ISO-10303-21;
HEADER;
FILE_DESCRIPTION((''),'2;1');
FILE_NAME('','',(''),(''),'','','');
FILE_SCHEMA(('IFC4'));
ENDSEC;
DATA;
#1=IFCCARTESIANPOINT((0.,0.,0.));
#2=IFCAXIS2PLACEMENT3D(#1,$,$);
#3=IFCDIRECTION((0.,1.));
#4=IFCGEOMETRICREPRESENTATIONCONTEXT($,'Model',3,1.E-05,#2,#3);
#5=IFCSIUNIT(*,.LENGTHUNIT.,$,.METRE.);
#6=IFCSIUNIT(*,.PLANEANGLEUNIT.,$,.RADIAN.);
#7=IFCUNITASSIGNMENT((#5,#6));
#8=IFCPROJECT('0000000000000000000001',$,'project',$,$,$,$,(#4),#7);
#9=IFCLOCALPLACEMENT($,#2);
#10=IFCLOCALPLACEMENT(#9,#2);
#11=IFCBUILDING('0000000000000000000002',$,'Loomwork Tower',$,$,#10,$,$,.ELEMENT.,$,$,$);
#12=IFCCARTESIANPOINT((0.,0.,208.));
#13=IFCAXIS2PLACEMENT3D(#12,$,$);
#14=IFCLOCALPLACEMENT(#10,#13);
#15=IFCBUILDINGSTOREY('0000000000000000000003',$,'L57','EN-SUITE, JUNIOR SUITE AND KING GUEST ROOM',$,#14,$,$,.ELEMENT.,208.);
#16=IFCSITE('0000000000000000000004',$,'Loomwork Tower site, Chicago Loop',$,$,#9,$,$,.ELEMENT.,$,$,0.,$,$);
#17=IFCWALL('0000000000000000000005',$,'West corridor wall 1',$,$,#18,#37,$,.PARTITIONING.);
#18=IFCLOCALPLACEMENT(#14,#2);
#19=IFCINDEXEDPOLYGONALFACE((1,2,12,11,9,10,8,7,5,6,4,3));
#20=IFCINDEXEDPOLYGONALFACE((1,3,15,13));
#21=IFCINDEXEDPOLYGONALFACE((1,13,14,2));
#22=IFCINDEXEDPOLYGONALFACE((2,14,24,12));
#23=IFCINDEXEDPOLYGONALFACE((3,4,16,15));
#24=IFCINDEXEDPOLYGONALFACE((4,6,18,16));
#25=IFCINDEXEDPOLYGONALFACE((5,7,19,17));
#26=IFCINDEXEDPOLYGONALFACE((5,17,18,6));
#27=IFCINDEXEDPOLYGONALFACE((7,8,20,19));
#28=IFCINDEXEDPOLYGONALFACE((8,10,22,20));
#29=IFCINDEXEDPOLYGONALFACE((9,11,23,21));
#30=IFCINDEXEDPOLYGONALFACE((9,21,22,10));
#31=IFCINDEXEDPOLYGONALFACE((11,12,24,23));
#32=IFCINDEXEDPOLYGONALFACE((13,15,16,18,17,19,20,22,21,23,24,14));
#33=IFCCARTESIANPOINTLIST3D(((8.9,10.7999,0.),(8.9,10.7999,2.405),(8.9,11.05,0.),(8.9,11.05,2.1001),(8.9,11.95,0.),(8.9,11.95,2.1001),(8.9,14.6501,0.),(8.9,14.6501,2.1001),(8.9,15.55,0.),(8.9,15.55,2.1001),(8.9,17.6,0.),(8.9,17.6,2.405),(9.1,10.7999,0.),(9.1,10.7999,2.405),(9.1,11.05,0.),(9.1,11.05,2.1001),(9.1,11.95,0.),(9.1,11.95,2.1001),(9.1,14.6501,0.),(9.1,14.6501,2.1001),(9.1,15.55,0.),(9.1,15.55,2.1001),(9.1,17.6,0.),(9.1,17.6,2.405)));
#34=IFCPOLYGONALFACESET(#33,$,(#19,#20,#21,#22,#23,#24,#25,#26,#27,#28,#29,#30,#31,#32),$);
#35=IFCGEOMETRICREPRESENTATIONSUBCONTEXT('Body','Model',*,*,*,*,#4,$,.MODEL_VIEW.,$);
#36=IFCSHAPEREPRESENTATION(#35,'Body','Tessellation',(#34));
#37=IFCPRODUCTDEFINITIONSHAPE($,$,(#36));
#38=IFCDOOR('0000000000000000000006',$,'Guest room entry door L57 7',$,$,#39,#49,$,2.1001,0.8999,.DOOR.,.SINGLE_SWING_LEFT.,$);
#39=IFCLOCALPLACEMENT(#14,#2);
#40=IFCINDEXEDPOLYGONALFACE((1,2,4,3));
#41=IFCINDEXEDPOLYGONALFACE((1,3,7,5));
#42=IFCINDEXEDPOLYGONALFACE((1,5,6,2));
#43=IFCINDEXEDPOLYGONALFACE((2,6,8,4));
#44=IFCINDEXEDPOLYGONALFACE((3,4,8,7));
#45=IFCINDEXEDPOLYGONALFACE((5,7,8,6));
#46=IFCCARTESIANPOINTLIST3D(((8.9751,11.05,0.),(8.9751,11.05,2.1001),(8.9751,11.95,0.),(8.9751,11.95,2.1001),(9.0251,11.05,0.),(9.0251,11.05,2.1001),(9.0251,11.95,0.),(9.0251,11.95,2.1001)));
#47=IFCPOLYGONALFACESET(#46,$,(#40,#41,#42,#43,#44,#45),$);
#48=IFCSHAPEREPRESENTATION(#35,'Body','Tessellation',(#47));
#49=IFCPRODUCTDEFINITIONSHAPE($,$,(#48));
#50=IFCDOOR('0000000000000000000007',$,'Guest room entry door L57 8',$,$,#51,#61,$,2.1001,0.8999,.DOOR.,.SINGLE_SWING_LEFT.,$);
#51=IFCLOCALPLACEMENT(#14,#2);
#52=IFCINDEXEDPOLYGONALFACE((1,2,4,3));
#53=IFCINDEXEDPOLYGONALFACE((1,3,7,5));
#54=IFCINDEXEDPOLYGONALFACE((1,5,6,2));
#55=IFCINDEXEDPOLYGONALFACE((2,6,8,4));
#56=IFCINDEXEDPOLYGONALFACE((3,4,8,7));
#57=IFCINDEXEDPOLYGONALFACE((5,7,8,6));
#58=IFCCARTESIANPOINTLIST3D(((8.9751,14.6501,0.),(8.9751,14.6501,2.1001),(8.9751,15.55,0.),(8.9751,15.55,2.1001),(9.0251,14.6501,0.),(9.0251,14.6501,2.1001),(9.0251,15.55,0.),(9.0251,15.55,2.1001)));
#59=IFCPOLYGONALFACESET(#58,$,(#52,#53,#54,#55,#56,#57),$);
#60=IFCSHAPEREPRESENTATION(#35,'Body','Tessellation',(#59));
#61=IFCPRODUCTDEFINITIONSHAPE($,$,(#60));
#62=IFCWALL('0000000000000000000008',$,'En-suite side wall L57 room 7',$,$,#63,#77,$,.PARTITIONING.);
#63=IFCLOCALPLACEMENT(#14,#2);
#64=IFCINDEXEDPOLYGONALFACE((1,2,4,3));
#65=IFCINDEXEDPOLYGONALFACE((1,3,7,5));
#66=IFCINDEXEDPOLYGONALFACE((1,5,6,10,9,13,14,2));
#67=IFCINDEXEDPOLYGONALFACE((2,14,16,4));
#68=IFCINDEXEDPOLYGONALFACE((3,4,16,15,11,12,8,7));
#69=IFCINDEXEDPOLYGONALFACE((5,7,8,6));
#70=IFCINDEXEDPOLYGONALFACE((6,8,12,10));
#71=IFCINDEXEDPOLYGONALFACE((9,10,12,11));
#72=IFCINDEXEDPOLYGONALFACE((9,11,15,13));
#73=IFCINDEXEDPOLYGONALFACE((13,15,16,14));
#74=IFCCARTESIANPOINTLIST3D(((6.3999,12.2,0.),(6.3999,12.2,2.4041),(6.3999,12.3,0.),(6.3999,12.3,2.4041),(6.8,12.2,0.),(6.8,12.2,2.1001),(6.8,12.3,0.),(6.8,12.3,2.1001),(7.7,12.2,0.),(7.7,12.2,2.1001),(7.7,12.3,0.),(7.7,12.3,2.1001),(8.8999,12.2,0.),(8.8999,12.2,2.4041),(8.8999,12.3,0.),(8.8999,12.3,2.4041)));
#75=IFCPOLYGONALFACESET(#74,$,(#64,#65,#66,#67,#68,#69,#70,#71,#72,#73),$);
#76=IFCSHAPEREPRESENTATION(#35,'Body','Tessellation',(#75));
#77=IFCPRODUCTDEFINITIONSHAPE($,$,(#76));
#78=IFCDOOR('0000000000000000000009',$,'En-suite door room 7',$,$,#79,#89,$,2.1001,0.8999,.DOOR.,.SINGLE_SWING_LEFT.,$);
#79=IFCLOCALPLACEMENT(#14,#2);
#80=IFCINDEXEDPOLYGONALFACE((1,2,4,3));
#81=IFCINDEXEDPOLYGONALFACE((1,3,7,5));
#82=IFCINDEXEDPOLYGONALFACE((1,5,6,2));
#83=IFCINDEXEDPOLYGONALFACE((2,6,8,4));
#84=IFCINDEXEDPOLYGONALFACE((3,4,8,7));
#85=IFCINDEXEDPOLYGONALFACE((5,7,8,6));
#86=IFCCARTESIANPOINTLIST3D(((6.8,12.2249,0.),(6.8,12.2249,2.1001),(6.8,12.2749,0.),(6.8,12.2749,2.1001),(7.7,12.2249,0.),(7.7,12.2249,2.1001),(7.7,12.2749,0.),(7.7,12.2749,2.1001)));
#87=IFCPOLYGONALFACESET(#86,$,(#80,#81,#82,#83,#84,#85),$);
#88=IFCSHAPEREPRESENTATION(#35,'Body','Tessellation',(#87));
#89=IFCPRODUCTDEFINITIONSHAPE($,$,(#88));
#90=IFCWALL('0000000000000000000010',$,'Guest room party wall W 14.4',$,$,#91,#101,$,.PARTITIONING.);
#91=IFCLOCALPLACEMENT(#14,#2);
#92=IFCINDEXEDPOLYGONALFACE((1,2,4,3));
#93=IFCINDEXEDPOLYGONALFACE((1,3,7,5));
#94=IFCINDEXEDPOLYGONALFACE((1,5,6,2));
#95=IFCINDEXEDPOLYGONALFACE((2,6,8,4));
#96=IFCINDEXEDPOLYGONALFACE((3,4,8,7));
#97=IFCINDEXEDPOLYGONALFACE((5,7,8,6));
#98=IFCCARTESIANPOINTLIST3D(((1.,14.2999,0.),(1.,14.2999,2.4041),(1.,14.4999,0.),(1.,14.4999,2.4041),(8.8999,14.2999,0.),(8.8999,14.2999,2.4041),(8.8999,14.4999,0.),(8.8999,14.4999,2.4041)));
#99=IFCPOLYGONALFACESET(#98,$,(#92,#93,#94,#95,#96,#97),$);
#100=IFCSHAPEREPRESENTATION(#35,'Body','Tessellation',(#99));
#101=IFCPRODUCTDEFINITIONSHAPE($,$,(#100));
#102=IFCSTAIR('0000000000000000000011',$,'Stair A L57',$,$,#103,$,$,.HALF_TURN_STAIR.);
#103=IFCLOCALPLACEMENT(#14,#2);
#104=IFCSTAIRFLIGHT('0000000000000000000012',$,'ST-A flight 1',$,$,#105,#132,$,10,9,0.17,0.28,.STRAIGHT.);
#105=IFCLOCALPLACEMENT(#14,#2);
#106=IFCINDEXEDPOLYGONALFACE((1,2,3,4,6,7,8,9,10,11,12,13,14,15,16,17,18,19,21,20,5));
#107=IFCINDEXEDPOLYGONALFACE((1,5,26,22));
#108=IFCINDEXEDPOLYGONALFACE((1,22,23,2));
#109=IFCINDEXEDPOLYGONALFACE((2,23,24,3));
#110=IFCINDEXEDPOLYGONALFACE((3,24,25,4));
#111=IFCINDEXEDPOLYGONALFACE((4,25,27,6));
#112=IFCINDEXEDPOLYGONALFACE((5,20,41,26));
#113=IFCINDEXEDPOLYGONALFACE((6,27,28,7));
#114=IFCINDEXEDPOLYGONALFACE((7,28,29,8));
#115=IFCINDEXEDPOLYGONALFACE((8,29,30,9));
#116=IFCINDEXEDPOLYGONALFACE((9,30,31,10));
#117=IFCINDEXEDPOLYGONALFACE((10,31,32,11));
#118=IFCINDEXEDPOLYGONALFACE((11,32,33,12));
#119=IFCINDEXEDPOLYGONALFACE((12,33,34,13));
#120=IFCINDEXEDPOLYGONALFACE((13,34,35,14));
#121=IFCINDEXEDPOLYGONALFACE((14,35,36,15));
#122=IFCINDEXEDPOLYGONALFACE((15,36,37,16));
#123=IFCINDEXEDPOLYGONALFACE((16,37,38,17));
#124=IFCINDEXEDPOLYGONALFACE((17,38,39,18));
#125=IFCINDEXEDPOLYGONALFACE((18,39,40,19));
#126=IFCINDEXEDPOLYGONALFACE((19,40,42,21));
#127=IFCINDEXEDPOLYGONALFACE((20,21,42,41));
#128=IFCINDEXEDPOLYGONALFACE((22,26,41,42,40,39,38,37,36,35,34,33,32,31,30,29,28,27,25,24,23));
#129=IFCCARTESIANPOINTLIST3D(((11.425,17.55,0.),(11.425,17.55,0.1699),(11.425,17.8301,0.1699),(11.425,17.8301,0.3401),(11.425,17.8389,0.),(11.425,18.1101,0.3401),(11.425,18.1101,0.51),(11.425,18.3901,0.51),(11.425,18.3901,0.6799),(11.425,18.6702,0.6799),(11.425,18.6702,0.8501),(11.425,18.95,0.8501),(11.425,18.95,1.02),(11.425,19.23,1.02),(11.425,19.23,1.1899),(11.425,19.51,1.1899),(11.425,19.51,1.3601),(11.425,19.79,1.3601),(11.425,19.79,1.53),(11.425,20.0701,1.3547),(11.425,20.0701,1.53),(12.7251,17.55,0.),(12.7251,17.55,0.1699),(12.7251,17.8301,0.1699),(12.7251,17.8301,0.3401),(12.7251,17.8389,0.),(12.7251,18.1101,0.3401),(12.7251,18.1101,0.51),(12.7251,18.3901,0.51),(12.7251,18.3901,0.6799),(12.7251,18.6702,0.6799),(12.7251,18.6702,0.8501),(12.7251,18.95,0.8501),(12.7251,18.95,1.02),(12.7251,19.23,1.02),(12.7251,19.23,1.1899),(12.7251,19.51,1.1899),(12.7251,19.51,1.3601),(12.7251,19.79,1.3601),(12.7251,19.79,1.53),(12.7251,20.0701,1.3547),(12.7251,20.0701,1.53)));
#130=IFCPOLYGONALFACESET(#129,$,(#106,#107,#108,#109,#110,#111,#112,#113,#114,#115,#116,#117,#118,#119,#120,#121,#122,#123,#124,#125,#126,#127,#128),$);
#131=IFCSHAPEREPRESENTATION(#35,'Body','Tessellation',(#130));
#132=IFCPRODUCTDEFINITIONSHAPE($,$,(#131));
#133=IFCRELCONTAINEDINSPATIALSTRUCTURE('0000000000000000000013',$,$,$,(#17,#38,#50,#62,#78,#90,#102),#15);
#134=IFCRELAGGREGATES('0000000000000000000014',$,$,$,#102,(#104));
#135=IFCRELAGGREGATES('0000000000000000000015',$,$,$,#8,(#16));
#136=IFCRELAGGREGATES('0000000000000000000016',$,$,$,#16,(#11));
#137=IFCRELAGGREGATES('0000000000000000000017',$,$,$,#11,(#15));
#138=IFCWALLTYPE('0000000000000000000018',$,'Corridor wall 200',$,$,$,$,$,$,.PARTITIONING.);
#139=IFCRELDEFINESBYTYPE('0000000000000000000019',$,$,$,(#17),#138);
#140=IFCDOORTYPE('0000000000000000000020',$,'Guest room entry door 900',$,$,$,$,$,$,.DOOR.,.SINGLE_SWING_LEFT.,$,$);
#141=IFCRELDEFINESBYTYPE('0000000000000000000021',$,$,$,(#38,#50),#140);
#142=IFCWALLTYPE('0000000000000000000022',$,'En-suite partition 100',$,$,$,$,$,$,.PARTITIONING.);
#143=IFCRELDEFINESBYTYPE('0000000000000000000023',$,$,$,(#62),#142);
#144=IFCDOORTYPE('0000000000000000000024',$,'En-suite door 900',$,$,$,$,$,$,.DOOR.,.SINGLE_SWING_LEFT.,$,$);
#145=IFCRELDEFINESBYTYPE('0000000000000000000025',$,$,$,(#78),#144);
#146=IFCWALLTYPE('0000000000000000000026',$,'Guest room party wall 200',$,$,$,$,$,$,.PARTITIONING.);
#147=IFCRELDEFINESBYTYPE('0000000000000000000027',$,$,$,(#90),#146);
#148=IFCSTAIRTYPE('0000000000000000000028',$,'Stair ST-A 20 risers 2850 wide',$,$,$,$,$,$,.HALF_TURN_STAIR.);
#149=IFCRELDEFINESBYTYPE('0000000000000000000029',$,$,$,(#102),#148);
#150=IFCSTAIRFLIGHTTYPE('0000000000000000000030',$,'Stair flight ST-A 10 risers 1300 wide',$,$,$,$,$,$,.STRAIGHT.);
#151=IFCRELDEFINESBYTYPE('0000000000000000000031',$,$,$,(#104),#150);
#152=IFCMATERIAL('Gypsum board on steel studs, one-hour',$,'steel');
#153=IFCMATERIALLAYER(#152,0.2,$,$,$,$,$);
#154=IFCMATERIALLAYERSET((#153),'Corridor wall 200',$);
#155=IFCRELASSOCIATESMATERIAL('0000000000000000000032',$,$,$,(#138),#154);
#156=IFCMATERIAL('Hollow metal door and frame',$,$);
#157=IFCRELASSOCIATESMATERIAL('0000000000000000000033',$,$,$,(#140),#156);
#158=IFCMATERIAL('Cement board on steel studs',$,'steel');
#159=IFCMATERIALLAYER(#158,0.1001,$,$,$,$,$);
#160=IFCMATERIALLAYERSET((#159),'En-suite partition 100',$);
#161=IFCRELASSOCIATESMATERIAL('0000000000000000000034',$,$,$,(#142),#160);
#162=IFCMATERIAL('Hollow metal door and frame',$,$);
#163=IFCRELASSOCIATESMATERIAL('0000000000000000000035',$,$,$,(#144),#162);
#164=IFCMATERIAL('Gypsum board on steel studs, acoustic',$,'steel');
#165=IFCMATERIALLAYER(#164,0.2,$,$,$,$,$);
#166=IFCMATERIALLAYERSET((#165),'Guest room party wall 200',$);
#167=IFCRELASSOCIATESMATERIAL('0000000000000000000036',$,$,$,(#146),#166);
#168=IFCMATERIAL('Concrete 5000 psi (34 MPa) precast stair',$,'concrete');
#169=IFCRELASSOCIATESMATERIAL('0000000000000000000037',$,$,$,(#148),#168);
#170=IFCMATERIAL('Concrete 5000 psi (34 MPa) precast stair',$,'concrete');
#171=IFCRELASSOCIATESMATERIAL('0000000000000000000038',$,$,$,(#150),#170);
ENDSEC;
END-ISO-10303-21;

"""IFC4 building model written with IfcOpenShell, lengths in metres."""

from ifc_helpers import new_model, si_unit, direction, frame, frame_2d, origin, place, context, subcontext, project, spatial, polyline, rectangle, outline, extrude, material, layer, layer_set, type_object, element, fill, aggregate, save


model = new_model("IFC4")

# Units and contexts
model_context = context("Model", 3, precision=1e-05, world=origin(), true_north=direction((0.0, 1.0)))
body_context = subcontext(model_context, "Body", "Model", "MODEL_VIEW")
ifc_project = project(units=[si_unit("LENGTHUNIT", "METRE"), si_unit("PLANEANGLEUNIT", "RADIAN")], contexts=[model_context])

# Site, building, storey
site_placement = place(None, origin())
site = spatial("IfcSite", under=ifc_project, at=site_placement, Name="Loomwork Tower site, Chicago Loop", CompositionType="ELEMENT", RefElevation=0.0)
building_placement = place(site_placement, origin())
building = spatial("IfcBuilding", under=site, at=building_placement, Name="Loomwork Tower", CompositionType="ELEMENT")
storey_placement = place(building_placement, frame((0.0, 0.0, 208.0)))
storey = spatial("IfcBuildingStorey", under=building, at=storey_placement, Name="L57", Description="EN-SUITE, JUNIOR SUITE AND KING GUEST ROOM", CompositionType="ELEMENT", Elevation=208.0)

# Wall, openings, doors
ifc_material_1 = material(Name="Gypsum board on steel studs, one-hour", Category="steel")
ifc_layer_1 = layer(ifc_material_1, 0.2)
ifc_layer_set_1 = layer_set([ifc_layer_1], Name="Corridor wall 200")
wall_type_1 = type_object("IfcWallType", Name="Corridor wall 200", PredefinedType="PARTITIONING", material=ifc_layer_set_1)
wall_1_placement = place(storey_placement, frame((9.0, 10.8, 0.0), z_axis=(0.0, 0.0, 1.0), x_axis=(0.0, 1.0, 0.0)))
wall_1 = element("IfcWall", 1, at=wall_1_placement, inside=storey, type_object=wall_type_1, Name="West corridor wall 1", PredefinedType="PARTITIONING", context=body_context, shape_type="SweptSolid", body=[
    extrude(rectangle(XDim=6.8, YDim=0.2, at=frame_2d((3.3999, 0.0))), origin(), (0.0, 0.0, 1.0), 2.405),
])
opening_1_placement = place(wall_1_placement, frame((0.25, 0.0, 0.0)))
opening_1 = element("IfcOpeningElement", 2, at=opening_1_placement, cuts=wall_1, PredefinedType="OPENING", context=body_context, shape_type="SweptSolid", body=[
    extrude(rectangle(XDim=0.8999, YDim=2.1001, at=frame_2d((0.45, 1.05))), frame((0.0, 0.1099, 0.0), z_axis=(0.0, -1.0, 0.0), x_axis=(1.0, 0.0, 0.0)), (0.0, 0.0, 1.0), 0.22),
])
opening_2_placement = place(wall_1_placement, frame((3.8501, 0.0, 0.0)))
opening_2 = element("IfcOpeningElement", 3, at=opening_2_placement, cuts=wall_1, PredefinedType="OPENING", context=body_context, shape_type="SweptSolid", body=[
    extrude(rectangle(XDim=0.8999, YDim=2.1001, at=frame_2d((0.45, 1.05))), frame((0.0, 0.1099, 0.0), z_axis=(0.0, -1.0, 0.0), x_axis=(1.0, 0.0, 0.0)), (0.0, 0.0, 1.0), 0.22),
])
ifc_material_2 = material(Name="Hollow metal door and frame")
door_type_1 = type_object("IfcDoorType", Name="Guest room entry door 900", OperationType="SINGLE_SWING_LEFT", PredefinedType="DOOR", material=ifc_material_2)
door_1_placement = place(opening_1_placement, origin())
door_1 = element("IfcDoor", 4, at=door_1_placement, inside=storey, type_object=door_type_1, Name="Guest room entry door L57 7", OperationType="SINGLE_SWING_LEFT", OverallHeight=2.1001, OverallWidth=0.8999, PredefinedType="DOOR", context=body_context, shape_type="SweptSolid", body=[
    extrude(rectangle(XDim=0.8999, YDim=2.1001, at=frame_2d((0.45, 1.05))), frame((0.0, 0.0249, 0.0), z_axis=(0.0, -1.0, 0.0), x_axis=(1.0, 0.0, 0.0)), (0.0, 0.0, 1.0), 0.05),
])
fill(opening_1, door_1)
door_2_placement = place(opening_2_placement, origin())
door_2 = element("IfcDoor", 5, at=door_2_placement, inside=storey, type_object=door_type_1, Name="Guest room entry door L57 8", OperationType="SINGLE_SWING_LEFT", OverallHeight=2.1001, OverallWidth=0.8999, PredefinedType="DOOR", context=body_context, shape_type="SweptSolid", body=[
    extrude(rectangle(XDim=0.8999, YDim=2.1001, at=frame_2d((0.45, 1.05))), frame((0.0, 0.0249, 0.0), z_axis=(0.0, -1.0, 0.0), x_axis=(1.0, 0.0, 0.0)), (0.0, 0.0, 1.0), 0.05),
])
fill(opening_2, door_2)

# Wall, opening, door
ifc_material_3 = material(Name="Cement board on steel studs", Category="steel")
ifc_layer_2 = layer(ifc_material_3, 0.1001)
ifc_layer_set_2 = layer_set([ifc_layer_2], Name="En-suite partition 100")
wall_type_2 = type_object("IfcWallType", Name="En-suite partition 100", PredefinedType="PARTITIONING", material=ifc_layer_set_2)
wall_2_placement = place(storey_placement, frame((8.8999, 12.25, 0.0), z_axis=(0.0, 0.0, 1.0), x_axis=(-1.0, 0.0, 0.0)))
wall_2 = element("IfcWall", 6, at=wall_2_placement, inside=storey, type_object=wall_type_2, Name="En-suite side wall L57 room 7", PredefinedType="PARTITIONING", context=body_context, shape_type="SweptSolid", body=[
    extrude(rectangle(XDim=2.5, YDim=0.1001, at=frame_2d((1.25, 0.0))), origin(), (0.0, 0.0, 1.0), 2.4041),
])
opening_3_placement = place(wall_2_placement, frame((1.2, 0.0, 0.0)))
opening_3 = element("IfcOpeningElement", 7, at=opening_3_placement, cuts=wall_2, PredefinedType="OPENING", context=body_context, shape_type="SweptSolid", body=[
    extrude(rectangle(XDim=0.8999, YDim=2.1001, at=frame_2d((0.45, 1.05))), frame((0.0, 0.0601, 0.0), z_axis=(0.0, -1.0, 0.0), x_axis=(1.0, 0.0, 0.0)), (0.0, 0.0, 1.0), 0.1201),
])
ifc_material_4 = material(Name="Hollow metal door and frame")
door_type_2 = type_object("IfcDoorType", Name="En-suite door 900", OperationType="SINGLE_SWING_LEFT", PredefinedType="DOOR", material=ifc_material_4)
door_3_placement = place(opening_3_placement, frame((0.8999, 0.0, 0.0), z_axis=(0.0, 0.0, 1.0), x_axis=(-1.0, 0.0, 0.0)))
door_3 = element("IfcDoor", 8, at=door_3_placement, inside=storey, type_object=door_type_2, Name="En-suite door room 7", OperationType="SINGLE_SWING_LEFT", OverallHeight=2.1001, OverallWidth=0.8999, PredefinedType="DOOR", context=body_context, shape_type="SweptSolid", body=[
    extrude(rectangle(XDim=0.8999, YDim=2.1001, at=frame_2d((0.45, 1.05))), frame((0.0, 0.0249, 0.0), z_axis=(0.0, -1.0, 0.0), x_axis=(1.0, 0.0, 0.0)), (0.0, 0.0, 1.0), 0.05),
])
fill(opening_3, door_3)

# Wall
ifc_material_5 = material(Name="Gypsum board on steel studs, acoustic", Category="steel")
ifc_layer_3 = layer(ifc_material_5, 0.2)
ifc_layer_set_3 = layer_set([ifc_layer_3], Name="Guest room party wall 200")
wall_type_3 = type_object("IfcWallType", Name="Guest room party wall 200", PredefinedType="PARTITIONING", material=ifc_layer_set_3)
wall_3_placement = place(storey_placement, frame((8.8999, 14.3999, 0.0), z_axis=(0.0, 0.0, 1.0), x_axis=(-1.0, 0.0, 0.0)))
element("IfcWall", 9, at=wall_3_placement, inside=storey, type_object=wall_type_3, Name="Guest room party wall W 14.4", PredefinedType="PARTITIONING", context=body_context, shape_type="SweptSolid", body=[
    extrude(rectangle(XDim=7.8999, YDim=0.2, at=frame_2d((3.95, 0.0))), origin(), (0.0, 0.0, 1.0), 2.4041),
])

# Stair, stair flight
ifc_material_6 = material(Name="Concrete 5000 psi (34 MPa) precast stair", Category="concrete")
stair_type = type_object("IfcStairType", Name="Stair ST-A 20 risers 2850 wide", PredefinedType="HALF_TURN_STAIR", material=ifc_material_6)
stair_placement = place(storey_placement, origin())
stair = element("IfcStair", 10, at=stair_placement, inside=storey, type_object=stair_type, Name="Stair A L57", PredefinedType="HALF_TURN_STAIR")
ifc_material_7 = material(Name="Concrete 5000 psi (34 MPa) precast stair", Category="concrete")
stair_flight_type = type_object("IfcStairFlightType", Name="Stair flight ST-A 10 risers 1300 wide", PredefinedType="STRAIGHT", material=ifc_material_7)
stair_flight_placement = place(storey_placement, frame((12.075, 17.55, 0.0), z_axis=(0.0, 0.0, 1.0), x_axis=(0.0, 1.0, 0.0)))
stair_flight = element("IfcStairFlight", 11, at=stair_flight_placement, type_object=stair_flight_type, Name="ST-A flight 1", NumberOfRisers=10, NumberOfTreads=9, PredefinedType="STRAIGHT", RiserHeight=0.17, TreadLength=0.28, context=body_context, shape_type="SweptSolid", body=[
    extrude(outline(polyline([(0.0, 0.0), (0.0, 0.1699), (0.28, 0.1699), (0.28, 0.3401), (0.5601, 0.3401), (0.5601, 0.51), (0.8401, 0.51), (0.8401, 0.6799), (1.1201, 0.6799), (1.1201, 0.8501), (1.3999, 0.8501), (1.3999, 1.02), (1.6799, 1.02), (1.6799, 1.1899), (1.96, 1.1899), (1.96, 1.3601), (2.24, 1.3601), (2.24, 1.53), (2.52, 1.53), (2.52, 1.7), (2.52, 1.3547), (0.2888, 0.0), (0.0, 0.0)])), frame((0.0, 0.6499, 0.0), z_axis=(0.0, -1.0, 0.0), x_axis=(1.0, 0.0, 0.0)), (0.0, 0.0, 1.0), 1.3),
])
aggregate(stair, [stair_flight])

save(model, "model.ifc")
